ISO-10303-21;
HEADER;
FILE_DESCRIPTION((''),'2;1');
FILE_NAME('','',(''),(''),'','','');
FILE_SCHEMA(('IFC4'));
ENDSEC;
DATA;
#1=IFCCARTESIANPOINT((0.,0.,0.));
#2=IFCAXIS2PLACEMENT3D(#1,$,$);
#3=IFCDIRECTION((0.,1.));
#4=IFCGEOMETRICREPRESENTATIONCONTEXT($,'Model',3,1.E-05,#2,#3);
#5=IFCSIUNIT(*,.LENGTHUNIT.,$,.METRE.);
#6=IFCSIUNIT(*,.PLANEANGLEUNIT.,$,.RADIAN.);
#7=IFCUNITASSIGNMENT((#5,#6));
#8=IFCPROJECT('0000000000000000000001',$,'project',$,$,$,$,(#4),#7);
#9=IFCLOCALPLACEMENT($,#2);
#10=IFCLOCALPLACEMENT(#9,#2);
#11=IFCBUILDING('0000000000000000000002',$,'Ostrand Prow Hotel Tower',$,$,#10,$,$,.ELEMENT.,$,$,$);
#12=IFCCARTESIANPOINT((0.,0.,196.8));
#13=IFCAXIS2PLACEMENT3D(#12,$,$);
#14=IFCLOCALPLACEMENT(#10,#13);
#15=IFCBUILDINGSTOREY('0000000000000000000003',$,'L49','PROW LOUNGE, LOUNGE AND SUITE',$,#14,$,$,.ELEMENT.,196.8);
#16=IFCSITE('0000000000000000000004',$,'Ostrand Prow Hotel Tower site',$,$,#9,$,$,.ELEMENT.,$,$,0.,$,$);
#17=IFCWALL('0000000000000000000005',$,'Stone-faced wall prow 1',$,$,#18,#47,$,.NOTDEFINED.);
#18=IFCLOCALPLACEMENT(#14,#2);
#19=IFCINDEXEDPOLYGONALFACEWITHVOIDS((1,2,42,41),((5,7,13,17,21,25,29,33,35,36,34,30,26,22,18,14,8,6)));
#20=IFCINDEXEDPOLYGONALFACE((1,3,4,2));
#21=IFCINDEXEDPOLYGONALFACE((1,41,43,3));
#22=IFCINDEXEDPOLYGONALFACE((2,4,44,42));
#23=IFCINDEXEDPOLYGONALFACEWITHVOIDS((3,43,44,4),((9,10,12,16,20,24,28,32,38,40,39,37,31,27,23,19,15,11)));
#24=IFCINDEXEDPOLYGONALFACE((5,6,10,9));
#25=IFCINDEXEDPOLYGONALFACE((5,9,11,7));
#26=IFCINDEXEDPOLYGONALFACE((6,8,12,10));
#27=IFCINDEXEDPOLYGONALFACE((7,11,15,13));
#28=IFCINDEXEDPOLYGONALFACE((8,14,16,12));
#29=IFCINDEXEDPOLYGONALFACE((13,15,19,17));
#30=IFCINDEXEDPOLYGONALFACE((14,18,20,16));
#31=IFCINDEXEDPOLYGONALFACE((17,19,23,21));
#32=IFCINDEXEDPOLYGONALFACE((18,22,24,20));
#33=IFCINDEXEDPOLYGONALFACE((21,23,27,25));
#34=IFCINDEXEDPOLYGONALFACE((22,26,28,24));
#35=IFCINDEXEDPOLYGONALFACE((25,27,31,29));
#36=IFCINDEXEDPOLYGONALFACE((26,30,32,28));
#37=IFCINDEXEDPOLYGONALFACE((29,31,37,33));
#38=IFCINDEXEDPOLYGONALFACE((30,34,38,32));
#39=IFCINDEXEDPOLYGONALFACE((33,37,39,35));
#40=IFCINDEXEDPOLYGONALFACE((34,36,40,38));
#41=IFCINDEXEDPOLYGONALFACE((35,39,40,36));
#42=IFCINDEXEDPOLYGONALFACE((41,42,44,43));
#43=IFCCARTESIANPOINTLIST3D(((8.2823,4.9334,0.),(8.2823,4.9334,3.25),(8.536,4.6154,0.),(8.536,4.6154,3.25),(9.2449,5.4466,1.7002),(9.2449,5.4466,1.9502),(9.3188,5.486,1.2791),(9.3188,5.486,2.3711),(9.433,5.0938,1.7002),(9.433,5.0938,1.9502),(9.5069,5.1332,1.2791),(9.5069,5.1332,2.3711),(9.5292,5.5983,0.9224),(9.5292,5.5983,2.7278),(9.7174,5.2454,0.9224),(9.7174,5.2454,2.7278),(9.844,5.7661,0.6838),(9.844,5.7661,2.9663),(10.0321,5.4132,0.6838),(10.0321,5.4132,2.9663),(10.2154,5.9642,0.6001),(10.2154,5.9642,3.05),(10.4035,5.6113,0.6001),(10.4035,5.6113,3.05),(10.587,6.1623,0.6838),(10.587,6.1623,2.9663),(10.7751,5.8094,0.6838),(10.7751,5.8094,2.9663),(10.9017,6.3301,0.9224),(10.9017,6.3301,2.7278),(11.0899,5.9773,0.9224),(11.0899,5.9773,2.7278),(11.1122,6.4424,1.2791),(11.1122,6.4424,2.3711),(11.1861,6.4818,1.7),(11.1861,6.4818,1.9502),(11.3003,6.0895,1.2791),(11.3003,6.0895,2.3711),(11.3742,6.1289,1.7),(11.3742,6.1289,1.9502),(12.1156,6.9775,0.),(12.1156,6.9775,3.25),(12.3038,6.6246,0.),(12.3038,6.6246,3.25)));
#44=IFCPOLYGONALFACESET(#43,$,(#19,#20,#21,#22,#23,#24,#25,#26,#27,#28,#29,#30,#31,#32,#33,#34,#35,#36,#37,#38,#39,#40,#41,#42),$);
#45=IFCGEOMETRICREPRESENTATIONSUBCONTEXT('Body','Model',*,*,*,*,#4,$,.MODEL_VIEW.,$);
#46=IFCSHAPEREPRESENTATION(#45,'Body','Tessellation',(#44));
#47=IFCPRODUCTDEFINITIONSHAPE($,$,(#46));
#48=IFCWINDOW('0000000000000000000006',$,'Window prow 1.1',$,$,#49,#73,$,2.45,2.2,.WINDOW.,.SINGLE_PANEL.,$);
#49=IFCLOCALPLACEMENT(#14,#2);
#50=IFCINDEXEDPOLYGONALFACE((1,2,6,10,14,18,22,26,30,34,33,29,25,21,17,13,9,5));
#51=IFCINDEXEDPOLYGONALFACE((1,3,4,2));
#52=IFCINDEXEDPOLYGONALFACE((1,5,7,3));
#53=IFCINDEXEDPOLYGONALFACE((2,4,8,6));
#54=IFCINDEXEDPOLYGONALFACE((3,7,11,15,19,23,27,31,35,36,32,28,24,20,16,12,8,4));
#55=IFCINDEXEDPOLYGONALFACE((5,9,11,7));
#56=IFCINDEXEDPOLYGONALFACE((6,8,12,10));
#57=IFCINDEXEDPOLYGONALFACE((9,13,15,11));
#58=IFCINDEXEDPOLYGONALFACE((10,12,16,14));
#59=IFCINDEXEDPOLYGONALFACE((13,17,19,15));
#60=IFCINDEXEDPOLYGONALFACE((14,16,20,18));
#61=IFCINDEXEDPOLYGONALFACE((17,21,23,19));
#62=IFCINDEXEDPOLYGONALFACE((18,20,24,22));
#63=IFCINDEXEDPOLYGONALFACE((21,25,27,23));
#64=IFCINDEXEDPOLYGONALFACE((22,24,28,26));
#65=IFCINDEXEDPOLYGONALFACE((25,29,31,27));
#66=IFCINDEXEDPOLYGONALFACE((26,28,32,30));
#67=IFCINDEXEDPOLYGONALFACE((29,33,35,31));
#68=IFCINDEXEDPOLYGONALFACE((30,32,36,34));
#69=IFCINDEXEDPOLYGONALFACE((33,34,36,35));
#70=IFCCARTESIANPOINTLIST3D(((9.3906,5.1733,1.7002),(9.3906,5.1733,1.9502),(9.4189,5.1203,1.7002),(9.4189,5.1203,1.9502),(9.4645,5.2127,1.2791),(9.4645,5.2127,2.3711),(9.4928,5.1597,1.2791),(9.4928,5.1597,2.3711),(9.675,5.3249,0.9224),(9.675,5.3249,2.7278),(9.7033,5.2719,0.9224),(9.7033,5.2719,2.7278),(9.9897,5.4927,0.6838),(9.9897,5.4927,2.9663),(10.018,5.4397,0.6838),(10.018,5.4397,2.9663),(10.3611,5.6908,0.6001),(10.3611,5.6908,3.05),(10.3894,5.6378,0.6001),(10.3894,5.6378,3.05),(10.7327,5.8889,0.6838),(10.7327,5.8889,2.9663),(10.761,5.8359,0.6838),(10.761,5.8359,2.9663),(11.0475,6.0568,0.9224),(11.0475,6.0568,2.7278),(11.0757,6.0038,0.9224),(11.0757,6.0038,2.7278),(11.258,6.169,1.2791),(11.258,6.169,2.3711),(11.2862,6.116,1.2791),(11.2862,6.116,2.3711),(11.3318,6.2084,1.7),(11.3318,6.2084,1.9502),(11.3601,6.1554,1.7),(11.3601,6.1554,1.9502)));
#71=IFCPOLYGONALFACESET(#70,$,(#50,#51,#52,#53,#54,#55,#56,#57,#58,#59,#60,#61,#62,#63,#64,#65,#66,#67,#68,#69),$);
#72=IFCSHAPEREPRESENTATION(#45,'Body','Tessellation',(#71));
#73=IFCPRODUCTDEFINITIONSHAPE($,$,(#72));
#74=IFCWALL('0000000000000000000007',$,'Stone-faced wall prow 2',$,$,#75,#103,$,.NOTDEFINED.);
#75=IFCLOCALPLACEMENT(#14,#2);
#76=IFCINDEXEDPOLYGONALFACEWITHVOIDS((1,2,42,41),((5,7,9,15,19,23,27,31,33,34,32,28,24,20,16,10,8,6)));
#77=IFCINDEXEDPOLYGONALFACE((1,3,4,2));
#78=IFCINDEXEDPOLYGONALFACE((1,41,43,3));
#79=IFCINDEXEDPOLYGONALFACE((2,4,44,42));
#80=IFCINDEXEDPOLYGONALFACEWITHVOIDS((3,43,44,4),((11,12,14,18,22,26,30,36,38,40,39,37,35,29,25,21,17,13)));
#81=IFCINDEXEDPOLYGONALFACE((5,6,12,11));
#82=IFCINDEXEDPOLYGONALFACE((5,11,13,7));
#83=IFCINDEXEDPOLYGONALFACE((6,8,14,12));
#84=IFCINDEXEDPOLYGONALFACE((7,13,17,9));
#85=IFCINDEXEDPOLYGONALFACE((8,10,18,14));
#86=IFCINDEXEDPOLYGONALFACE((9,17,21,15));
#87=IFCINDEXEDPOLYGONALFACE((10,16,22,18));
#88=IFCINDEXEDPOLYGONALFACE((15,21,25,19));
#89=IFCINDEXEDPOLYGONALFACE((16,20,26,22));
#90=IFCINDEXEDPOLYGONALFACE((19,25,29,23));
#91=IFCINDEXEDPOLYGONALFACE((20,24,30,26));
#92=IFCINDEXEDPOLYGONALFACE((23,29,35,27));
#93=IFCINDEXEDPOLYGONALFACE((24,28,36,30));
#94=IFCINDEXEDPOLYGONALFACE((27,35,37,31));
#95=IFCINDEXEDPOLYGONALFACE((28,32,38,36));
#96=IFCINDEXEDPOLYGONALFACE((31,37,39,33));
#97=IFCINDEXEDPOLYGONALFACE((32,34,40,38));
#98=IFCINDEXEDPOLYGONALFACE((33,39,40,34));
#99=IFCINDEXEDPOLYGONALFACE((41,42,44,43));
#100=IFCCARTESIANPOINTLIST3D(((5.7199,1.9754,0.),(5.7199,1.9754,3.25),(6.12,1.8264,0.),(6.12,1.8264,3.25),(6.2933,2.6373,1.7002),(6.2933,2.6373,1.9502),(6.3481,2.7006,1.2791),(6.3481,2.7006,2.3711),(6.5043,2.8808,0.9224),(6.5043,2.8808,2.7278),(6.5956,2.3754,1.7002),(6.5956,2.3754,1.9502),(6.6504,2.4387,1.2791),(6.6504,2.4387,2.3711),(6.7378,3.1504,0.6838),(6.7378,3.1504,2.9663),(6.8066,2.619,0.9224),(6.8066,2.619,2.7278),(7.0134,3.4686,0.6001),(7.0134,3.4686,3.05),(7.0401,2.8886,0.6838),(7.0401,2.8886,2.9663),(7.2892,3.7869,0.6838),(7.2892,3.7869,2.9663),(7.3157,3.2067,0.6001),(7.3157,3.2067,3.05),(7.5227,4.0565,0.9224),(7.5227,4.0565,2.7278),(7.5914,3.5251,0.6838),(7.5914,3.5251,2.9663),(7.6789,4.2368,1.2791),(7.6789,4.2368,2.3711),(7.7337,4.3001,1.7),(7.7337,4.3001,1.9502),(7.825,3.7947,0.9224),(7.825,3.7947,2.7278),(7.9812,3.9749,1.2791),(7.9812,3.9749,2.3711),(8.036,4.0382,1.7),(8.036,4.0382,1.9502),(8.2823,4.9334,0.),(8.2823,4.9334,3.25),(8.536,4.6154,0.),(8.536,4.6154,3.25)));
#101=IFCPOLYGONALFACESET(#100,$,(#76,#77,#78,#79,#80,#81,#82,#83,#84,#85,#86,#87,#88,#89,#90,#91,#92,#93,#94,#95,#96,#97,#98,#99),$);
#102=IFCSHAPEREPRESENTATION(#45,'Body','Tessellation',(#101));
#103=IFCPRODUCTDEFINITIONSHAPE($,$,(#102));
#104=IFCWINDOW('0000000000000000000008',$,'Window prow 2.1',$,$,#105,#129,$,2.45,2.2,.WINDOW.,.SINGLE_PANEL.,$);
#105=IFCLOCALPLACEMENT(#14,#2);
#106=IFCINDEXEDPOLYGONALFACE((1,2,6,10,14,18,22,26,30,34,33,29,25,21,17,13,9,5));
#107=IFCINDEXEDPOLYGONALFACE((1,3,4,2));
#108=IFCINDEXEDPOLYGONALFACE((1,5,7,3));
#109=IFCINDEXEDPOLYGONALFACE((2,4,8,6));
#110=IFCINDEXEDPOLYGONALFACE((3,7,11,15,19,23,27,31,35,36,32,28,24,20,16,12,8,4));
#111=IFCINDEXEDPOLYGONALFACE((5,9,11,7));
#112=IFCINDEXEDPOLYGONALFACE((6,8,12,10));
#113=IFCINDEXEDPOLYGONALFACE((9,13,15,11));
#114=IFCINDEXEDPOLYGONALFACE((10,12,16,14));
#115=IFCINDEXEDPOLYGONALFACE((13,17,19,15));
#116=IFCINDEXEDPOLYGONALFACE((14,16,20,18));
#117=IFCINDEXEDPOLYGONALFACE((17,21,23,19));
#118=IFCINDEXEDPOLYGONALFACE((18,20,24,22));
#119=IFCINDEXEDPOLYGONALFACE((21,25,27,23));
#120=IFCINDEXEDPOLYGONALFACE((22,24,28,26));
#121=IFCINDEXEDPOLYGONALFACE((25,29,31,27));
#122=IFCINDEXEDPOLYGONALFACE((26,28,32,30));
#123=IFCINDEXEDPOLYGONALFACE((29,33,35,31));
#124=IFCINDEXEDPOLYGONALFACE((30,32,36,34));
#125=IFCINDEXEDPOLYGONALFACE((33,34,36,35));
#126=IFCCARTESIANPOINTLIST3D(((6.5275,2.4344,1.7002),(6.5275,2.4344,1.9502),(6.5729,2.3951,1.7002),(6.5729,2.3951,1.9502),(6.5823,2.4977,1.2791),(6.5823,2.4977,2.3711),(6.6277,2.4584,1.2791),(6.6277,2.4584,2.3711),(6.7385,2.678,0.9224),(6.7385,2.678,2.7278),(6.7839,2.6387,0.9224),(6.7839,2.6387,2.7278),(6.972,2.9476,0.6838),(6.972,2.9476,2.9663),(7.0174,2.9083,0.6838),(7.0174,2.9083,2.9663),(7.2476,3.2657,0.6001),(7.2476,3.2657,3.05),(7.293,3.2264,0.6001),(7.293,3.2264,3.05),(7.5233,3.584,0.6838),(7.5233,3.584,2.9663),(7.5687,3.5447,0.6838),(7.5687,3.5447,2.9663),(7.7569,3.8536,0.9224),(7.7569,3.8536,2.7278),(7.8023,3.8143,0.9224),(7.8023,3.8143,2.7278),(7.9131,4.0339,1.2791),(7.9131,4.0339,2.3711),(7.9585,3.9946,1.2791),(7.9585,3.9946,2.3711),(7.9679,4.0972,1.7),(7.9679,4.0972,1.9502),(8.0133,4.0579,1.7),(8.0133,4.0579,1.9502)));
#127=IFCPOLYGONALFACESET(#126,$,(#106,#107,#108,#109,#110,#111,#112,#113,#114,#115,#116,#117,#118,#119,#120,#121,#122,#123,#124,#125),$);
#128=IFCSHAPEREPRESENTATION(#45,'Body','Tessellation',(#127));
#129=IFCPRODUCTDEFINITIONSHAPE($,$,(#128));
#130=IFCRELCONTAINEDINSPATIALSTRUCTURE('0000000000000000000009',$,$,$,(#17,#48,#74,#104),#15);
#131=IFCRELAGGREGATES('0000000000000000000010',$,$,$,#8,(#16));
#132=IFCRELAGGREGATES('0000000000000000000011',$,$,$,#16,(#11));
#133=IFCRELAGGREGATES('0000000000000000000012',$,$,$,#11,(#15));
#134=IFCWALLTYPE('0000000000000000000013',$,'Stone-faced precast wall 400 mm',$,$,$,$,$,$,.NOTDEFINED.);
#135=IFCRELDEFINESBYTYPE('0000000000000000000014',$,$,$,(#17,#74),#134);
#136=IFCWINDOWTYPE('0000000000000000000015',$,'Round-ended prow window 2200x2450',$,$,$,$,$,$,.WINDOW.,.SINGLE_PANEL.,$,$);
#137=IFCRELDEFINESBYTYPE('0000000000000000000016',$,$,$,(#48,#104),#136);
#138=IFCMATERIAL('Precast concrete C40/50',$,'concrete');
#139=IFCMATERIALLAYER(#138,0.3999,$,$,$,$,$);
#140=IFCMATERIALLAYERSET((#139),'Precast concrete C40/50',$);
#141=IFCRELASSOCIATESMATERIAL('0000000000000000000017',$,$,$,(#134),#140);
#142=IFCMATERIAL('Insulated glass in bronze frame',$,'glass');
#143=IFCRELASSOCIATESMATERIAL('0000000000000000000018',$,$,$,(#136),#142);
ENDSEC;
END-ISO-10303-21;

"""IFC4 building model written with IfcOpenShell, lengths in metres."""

from ifc_helpers import new_model, si_unit, direction, frame, origin, place, context, subcontext, project, spatial, polyline, outline, extrude, material, layer, layer_set, type_object, element, fill, save


model = new_model("IFC4")

# Units and contexts
model_context = context("Model", 3, precision=1e-05, world=origin(), true_north=direction((0.0, 1.0)))
body_context = subcontext(model_context, "Body", "Model", "MODEL_VIEW")
ifc_project = project(units=[si_unit("LENGTHUNIT", "METRE"), si_unit("PLANEANGLEUNIT", "RADIAN")], contexts=[model_context])

# Site, building, storey
site_placement = place(None, origin())
site = spatial("IfcSite", under=ifc_project, at=site_placement, Name="Ostrand Prow Hotel Tower site", CompositionType="ELEMENT", RefElevation=0.0)
building_placement = place(site_placement, origin())
building = spatial("IfcBuilding", under=site, at=building_placement, Name="Ostrand Prow Hotel Tower", CompositionType="ELEMENT")
storey_placement = place(building_placement, frame((0.0, 0.0, 196.8)))
storey = spatial("IfcBuildingStorey", under=building, at=storey_placement, Name="L49", Description="PROW LOUNGE, LOUNGE AND SUITE", CompositionType="ELEMENT", Elevation=196.8)

# Walls, openings, windows
ifc_material_1 = material(Name="Precast concrete C40/50", Category="concrete")
ifc_layer_1 = layer(ifc_material_1, 0.3999)
ifc_layer_set_1 = layer_set([ifc_layer_1], Name="Precast concrete C40/50")
wall_type = type_object("IfcWallType", Name="Stone-faced precast wall 400 mm", PredefinedType="NOTDEFINED", material=ifc_layer_set_1)
wall_1_placement = place(storey_placement, frame((12.2097, 6.801, 0.0), z_axis=(0.0, 0.0, 1.0), x_axis=(-0.882386, -0.470526, 0.0)))
wall_1 = element("IfcWall", 1, at=wall_1_placement, inside=storey, type_object=wall_type, Name="Stone-faced wall prow 1", PredefinedType="NOTDEFINED", context=body_context, shape_type="SweptSolid", body=[
    extrude(outline(polyline([(0.0, -0.2), (4.3442, -0.2), (4.27, 0.2), (0.0, 0.2), (0.0, -0.2)])), origin(), (0.0, 0.0, 1.0), 3.25),
])
opening_1_placement = place(wall_1_placement, frame((1.0535, 0.0, 0.6001)))
opening_1 = element("IfcOpeningElement", 2, at=opening_1_placement, cuts=wall_1, PredefinedType="OPENING", context=body_context, shape_type="SweptSolid", body=[
    extrude(outline(polyline([(0.0, 1.3501), (0.0837, 1.771), (0.3223, 2.1277), (0.679, 2.3662), (1.1001, 2.45), (1.521, 2.3662), (1.8777, 2.1277), (2.1162, 1.771), (2.2, 1.3501), (2.2, 1.1001), (2.1162, 0.679), (1.8777, 0.3223), (1.521, 0.0837), (1.1001, 0.0), (0.679, 0.0837), (0.3223, 0.3223), (0.0837, 0.679), (0.0, 1.0999), (0.0, 1.3501)])), frame((0.0, 0.21, 0.0), z_axis=(0.0, -1.0, 0.0), x_axis=(1.0, 0.0, 0.0)), (0.0, 0.0, 1.0), 0.4199),
])
ifc_material_2 = material(Name="Insulated glass in bronze frame", Category="glass")
window_type = type_object("IfcWindowType", Name="Round-ended prow window 2200x2450", PartitioningType="SINGLE_PANEL", PredefinedType="WINDOW", material=ifc_material_2)
window_1_placement = place(opening_1_placement, origin())
window_1 = element("IfcWindow", 3, at=window_1_placement, inside=storey, type_object=window_type, Name="Window prow 1.1", OverallHeight=2.45, OverallWidth=2.2, PartitioningType="SINGLE_PANEL", PredefinedType="WINDOW", context=body_context, shape_type="SweptSolid", body=[
    extrude(outline(polyline([(0.0, 1.3501), (0.0837, 1.771), (0.3223, 2.1277), (0.679, 2.3662), (1.1001, 2.45), (1.521, 2.3662), (1.8777, 2.1277), (2.1162, 1.771), (2.2, 1.3501), (2.2, 1.1001), (2.1162, 0.679), (1.8777, 0.3223), (1.521, 0.0837), (1.1001, 0.0), (0.679, 0.0837), (0.3223, 0.3223), (0.0837, 0.679), (0.0, 1.0999), (0.0, 1.3501)])), frame((0.0, 0.1699, 0.0), z_axis=(0.0, -1.0, 0.0), x_axis=(1.0, 0.0, 0.0)), (0.0, 0.0, 1.0), 0.0601),
])
fill(opening_1, window_1)
wall_2_placement = place(storey_placement, frame((8.4092, 4.7744, 0.0), z_axis=(0.0, 0.0, 1.0), x_axis=(-0.654759, -0.755837, 0.0)))
wall_2 = element("IfcWall", 4, at=wall_2_placement, inside=storey, type_object=wall_type, Name="Stone-faced wall prow 2", PredefinedType="NOTDEFINED", context=body_context, shape_type="SweptSolid", body=[
    extrude(outline(polyline([(-0.0371, -0.2), (3.8765, -0.2), (3.7271, 0.2), (0.0371, 0.2), (-0.0371, -0.2)])), origin(), (0.0, 0.0, 1.0), 3.25),
])
opening_2_placement = place(wall_2_placement, frame((0.8008, 0.0, 0.6001)))
opening_2 = element("IfcOpeningElement", 5, at=opening_2_placement, cuts=wall_2, PredefinedType="OPENING", context=body_context, shape_type="SweptSolid", body=[
    extrude(outline(polyline([(0.0, 1.3501), (0.0837, 1.771), (0.3223, 2.1277), (0.679, 2.3662), (1.1001, 2.45), (1.521, 2.3662), (1.8777, 2.1277), (2.1162, 1.771), (2.2, 1.3501), (2.2, 1.1001), (2.1162, 0.679), (1.8777, 0.3223), (1.521, 0.0837), (1.1001, 0.0), (0.679, 0.0837), (0.3223, 0.3223), (0.0837, 0.679), (0.0, 1.0999), (0.0, 1.3501)])), frame((0.0, 0.21, 0.0), z_axis=(0.0, -1.0, 0.0), x_axis=(1.0, 0.0, 0.0)), (0.0, 0.0, 1.0), 0.4199),
])
window_2_placement = place(opening_2_placement, origin())
window_2 = element("IfcWindow", 6, at=window_2_placement, inside=storey, type_object=window_type, Name="Window prow 2.1", OverallHeight=2.45, OverallWidth=2.2, PartitioningType="SINGLE_PANEL", PredefinedType="WINDOW", context=body_context, shape_type="SweptSolid", body=[
    extrude(outline(polyline([(0.0, 1.3501), (0.0837, 1.771), (0.3223, 2.1277), (0.679, 2.3662), (1.1001, 2.45), (1.521, 2.3662), (1.8777, 2.1277), (2.1162, 1.771), (2.2, 1.3501), (2.2, 1.1001), (2.1162, 0.679), (1.8777, 0.3223), (1.521, 0.0837), (1.1001, 0.0), (0.679, 0.0837), (0.3223, 0.3223), (0.0837, 0.679), (0.0, 1.0999), (0.0, 1.3501)])), frame((0.0, 0.1699, 0.0), z_axis=(0.0, -1.0, 0.0), x_axis=(1.0, 0.0, 0.0)), (0.0, 0.0, 1.0), 0.0601),
])
fill(opening_2, window_2)

save(model, "model.ifc")
